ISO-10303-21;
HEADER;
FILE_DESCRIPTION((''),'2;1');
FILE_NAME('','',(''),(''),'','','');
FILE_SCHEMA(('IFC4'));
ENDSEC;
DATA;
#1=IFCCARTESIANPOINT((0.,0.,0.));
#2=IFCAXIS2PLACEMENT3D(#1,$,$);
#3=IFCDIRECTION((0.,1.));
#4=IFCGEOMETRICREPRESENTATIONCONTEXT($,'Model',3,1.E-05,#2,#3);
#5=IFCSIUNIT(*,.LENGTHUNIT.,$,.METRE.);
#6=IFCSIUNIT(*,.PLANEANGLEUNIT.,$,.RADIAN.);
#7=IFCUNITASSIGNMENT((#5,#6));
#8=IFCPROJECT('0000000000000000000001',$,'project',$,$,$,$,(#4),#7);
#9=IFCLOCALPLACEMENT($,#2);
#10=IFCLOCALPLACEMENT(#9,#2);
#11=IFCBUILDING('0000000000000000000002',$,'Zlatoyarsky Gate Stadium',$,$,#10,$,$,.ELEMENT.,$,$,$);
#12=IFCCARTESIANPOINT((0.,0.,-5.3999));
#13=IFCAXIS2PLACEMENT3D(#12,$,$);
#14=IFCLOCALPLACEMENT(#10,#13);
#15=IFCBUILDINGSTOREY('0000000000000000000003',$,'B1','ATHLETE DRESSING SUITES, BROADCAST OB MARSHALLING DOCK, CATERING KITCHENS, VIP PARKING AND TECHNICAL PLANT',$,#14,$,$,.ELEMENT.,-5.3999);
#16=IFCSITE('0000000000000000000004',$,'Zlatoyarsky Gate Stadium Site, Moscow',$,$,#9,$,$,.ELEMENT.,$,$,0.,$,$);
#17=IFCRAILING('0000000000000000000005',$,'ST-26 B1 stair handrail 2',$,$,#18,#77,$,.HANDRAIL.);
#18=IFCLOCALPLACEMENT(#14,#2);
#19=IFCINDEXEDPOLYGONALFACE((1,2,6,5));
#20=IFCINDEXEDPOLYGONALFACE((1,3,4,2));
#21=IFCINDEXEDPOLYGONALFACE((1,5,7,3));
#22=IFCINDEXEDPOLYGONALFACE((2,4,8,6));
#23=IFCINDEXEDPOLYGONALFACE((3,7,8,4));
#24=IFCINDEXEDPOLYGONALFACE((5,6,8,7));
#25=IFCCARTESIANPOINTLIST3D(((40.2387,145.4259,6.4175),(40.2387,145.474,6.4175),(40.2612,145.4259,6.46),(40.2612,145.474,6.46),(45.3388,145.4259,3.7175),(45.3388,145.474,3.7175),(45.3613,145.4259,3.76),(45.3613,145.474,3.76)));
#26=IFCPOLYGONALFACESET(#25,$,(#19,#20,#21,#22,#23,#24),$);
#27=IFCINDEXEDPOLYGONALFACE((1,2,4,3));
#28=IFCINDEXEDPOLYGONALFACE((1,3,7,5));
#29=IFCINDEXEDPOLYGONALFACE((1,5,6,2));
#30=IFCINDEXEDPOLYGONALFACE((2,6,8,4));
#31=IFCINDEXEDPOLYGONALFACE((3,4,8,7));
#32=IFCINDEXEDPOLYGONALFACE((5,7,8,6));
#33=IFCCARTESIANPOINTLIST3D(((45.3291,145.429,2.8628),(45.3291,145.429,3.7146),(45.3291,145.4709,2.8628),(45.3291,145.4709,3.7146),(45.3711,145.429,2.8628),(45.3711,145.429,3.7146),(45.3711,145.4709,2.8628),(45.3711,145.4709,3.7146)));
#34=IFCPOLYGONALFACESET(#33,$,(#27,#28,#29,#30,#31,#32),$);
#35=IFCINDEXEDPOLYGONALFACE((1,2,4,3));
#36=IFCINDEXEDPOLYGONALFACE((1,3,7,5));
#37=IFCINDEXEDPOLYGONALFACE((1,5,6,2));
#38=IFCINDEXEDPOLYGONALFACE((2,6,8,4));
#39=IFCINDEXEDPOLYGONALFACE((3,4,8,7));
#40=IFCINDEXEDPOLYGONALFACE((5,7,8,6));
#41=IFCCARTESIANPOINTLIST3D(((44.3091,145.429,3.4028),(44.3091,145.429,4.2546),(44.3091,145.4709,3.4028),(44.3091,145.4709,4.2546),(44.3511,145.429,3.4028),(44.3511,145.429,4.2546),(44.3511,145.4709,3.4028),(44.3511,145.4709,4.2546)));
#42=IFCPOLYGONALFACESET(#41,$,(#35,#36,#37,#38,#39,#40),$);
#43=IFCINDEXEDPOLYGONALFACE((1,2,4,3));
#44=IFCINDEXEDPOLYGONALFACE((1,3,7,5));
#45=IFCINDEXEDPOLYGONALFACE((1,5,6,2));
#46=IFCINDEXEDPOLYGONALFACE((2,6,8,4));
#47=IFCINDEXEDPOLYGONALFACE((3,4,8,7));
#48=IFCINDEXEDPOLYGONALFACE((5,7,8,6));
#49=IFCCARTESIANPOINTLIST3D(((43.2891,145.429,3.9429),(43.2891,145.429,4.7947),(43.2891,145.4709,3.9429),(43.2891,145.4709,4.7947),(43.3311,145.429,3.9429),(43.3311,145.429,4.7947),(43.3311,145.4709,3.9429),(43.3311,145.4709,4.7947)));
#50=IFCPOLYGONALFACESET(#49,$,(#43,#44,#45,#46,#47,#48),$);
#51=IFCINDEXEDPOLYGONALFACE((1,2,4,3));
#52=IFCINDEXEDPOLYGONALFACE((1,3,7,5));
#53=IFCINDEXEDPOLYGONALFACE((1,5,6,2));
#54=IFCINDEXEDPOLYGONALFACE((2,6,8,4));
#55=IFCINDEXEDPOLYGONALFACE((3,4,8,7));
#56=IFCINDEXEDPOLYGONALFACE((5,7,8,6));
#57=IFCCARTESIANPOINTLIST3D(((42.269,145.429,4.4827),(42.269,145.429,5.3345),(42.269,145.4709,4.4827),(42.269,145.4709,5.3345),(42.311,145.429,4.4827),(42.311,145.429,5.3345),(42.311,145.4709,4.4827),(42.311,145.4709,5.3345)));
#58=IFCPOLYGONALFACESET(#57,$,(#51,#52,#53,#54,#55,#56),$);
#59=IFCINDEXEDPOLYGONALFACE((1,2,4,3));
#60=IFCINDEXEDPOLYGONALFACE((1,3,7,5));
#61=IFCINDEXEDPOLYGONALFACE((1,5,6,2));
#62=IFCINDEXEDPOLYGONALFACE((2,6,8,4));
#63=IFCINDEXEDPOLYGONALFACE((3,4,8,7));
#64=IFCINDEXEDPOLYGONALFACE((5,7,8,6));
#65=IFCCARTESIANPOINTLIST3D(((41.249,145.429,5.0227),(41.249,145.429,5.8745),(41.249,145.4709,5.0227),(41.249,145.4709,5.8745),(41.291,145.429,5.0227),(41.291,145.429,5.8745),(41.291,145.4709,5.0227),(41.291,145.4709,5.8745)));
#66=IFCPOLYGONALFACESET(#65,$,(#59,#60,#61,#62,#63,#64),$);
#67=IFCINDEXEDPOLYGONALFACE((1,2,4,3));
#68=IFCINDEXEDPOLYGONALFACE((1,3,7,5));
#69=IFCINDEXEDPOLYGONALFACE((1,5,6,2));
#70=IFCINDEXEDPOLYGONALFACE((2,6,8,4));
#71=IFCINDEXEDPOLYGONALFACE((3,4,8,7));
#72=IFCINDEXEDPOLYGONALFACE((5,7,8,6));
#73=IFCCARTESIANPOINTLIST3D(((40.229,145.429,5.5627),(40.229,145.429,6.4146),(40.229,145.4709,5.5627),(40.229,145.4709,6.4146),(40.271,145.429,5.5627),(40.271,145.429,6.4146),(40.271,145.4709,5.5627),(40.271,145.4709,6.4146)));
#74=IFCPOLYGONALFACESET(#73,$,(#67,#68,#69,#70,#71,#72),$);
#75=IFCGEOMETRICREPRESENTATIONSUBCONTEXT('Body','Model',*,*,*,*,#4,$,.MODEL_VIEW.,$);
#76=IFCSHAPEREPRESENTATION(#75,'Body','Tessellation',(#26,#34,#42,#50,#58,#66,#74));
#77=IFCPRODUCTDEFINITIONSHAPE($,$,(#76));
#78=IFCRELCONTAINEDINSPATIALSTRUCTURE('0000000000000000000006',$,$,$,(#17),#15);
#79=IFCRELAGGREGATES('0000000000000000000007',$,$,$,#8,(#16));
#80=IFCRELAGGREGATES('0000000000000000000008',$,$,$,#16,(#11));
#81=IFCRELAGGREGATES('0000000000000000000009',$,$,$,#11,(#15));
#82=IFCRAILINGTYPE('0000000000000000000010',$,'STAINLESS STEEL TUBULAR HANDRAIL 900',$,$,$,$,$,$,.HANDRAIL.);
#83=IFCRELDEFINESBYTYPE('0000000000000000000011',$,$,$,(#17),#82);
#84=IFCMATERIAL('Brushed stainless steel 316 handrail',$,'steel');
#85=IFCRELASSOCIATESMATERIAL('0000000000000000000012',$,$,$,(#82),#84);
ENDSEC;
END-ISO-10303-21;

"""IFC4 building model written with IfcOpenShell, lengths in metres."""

from ifc_helpers import new_model, si_unit, direction, frame, origin, origin_2d, place, context, subcontext, project, spatial, rectangle, extrude, material, type_object, element, save


model = new_model("IFC4")

# Units and contexts
model_context = context("Model", 3, precision=1e-05, world=origin(), true_north=direction((0.0, 1.0)))
body_context = subcontext(model_context, "Body", "Model", "MODEL_VIEW")
ifc_project = project(units=[si_unit("LENGTHUNIT", "METRE"), si_unit("PLANEANGLEUNIT", "RADIAN")], contexts=[model_context])

# Site, building, storey
site_placement = place(None, origin())
site = spatial("IfcSite", under=ifc_project, at=site_placement, Name="Zlatoyarsky Gate Stadium Site, Moscow", CompositionType="ELEMENT", RefElevation=0.0)
building_placement = place(site_placement, origin())
building = spatial("IfcBuilding", under=site, at=building_placement, Name="Zlatoyarsky Gate Stadium", CompositionType="ELEMENT")
storey_placement = place(building_placement, frame((0.0, 0.0, -5.3999)))
storey = spatial("IfcBuildingStorey", under=building, at=storey_placement, Name="B1", Description="ATHLETE DRESSING SUITES, BROADCAST OB MARSHALLING DOCK, CATERING KITCHENS, VIP PARKING AND TECHNICAL PLANT", CompositionType="ELEMENT", Elevation=-5.3999)

# Railing
ifc_material_1 = material(Name="Brushed stainless steel 316 handrail", Category="steel")
railing_type_1 = type_object("IfcRailingType", Name="STAINLESS STEEL TUBULAR HANDRAIL 900", PredefinedType="HANDRAIL", material=ifc_material_1)
railing_1_placement = place(storey_placement, frame((45.3501, 145.45, 2.8628)))
element("IfcRailing", 1, at=railing_1_placement, inside=storey, type_object=railing_type_1, Name="ST-26 B1 stair handrail 2", PredefinedType="HANDRAIL", context=body_context, shape_type="SweptSolid", body=[
    extrude(rectangle(XDim=0.0481, YDim=0.0481, at=origin_2d()), frame((0.0, 0.0, 0.876), z_axis=(-0.883795, 0.0, 0.467874), x_axis=(0.0, -1.0, 0.0)), (0.0, 0.0, 1.0), 5.7708),
    extrude(rectangle(XDim=0.042, YDim=0.042, at=origin_2d()), origin(), (0.0, 0.0, 1.0), 0.8518),
    extrude(rectangle(XDim=0.042, YDim=0.042, at=origin_2d()), frame((-1.02, 0.0, 0.54)), (0.0, 0.0, 1.0), 0.8518),
    extrude(rectangle(XDim=0.042, YDim=0.042, at=origin_2d()), frame((-2.04, 0.0, 1.0801)), (0.0, 0.0, 1.0), 0.8518),
    extrude(rectangle(XDim=0.042, YDim=0.042, at=origin_2d()), frame((-3.0601, 0.0, 1.6199)), (0.0, 0.0, 1.0), 0.8518),
    extrude(rectangle(XDim=0.042, YDim=0.042, at=origin_2d()), frame((-4.0801, 0.0, 2.1599)), (0.0, 0.0, 1.0), 0.8518),
    extrude(rectangle(XDim=0.042, YDim=0.042, at=origin_2d()), frame((-5.1001, 0.0, 2.7)), (0.0, 0.0, 1.0), 0.8518),
])

save(model, "model.ifc")
